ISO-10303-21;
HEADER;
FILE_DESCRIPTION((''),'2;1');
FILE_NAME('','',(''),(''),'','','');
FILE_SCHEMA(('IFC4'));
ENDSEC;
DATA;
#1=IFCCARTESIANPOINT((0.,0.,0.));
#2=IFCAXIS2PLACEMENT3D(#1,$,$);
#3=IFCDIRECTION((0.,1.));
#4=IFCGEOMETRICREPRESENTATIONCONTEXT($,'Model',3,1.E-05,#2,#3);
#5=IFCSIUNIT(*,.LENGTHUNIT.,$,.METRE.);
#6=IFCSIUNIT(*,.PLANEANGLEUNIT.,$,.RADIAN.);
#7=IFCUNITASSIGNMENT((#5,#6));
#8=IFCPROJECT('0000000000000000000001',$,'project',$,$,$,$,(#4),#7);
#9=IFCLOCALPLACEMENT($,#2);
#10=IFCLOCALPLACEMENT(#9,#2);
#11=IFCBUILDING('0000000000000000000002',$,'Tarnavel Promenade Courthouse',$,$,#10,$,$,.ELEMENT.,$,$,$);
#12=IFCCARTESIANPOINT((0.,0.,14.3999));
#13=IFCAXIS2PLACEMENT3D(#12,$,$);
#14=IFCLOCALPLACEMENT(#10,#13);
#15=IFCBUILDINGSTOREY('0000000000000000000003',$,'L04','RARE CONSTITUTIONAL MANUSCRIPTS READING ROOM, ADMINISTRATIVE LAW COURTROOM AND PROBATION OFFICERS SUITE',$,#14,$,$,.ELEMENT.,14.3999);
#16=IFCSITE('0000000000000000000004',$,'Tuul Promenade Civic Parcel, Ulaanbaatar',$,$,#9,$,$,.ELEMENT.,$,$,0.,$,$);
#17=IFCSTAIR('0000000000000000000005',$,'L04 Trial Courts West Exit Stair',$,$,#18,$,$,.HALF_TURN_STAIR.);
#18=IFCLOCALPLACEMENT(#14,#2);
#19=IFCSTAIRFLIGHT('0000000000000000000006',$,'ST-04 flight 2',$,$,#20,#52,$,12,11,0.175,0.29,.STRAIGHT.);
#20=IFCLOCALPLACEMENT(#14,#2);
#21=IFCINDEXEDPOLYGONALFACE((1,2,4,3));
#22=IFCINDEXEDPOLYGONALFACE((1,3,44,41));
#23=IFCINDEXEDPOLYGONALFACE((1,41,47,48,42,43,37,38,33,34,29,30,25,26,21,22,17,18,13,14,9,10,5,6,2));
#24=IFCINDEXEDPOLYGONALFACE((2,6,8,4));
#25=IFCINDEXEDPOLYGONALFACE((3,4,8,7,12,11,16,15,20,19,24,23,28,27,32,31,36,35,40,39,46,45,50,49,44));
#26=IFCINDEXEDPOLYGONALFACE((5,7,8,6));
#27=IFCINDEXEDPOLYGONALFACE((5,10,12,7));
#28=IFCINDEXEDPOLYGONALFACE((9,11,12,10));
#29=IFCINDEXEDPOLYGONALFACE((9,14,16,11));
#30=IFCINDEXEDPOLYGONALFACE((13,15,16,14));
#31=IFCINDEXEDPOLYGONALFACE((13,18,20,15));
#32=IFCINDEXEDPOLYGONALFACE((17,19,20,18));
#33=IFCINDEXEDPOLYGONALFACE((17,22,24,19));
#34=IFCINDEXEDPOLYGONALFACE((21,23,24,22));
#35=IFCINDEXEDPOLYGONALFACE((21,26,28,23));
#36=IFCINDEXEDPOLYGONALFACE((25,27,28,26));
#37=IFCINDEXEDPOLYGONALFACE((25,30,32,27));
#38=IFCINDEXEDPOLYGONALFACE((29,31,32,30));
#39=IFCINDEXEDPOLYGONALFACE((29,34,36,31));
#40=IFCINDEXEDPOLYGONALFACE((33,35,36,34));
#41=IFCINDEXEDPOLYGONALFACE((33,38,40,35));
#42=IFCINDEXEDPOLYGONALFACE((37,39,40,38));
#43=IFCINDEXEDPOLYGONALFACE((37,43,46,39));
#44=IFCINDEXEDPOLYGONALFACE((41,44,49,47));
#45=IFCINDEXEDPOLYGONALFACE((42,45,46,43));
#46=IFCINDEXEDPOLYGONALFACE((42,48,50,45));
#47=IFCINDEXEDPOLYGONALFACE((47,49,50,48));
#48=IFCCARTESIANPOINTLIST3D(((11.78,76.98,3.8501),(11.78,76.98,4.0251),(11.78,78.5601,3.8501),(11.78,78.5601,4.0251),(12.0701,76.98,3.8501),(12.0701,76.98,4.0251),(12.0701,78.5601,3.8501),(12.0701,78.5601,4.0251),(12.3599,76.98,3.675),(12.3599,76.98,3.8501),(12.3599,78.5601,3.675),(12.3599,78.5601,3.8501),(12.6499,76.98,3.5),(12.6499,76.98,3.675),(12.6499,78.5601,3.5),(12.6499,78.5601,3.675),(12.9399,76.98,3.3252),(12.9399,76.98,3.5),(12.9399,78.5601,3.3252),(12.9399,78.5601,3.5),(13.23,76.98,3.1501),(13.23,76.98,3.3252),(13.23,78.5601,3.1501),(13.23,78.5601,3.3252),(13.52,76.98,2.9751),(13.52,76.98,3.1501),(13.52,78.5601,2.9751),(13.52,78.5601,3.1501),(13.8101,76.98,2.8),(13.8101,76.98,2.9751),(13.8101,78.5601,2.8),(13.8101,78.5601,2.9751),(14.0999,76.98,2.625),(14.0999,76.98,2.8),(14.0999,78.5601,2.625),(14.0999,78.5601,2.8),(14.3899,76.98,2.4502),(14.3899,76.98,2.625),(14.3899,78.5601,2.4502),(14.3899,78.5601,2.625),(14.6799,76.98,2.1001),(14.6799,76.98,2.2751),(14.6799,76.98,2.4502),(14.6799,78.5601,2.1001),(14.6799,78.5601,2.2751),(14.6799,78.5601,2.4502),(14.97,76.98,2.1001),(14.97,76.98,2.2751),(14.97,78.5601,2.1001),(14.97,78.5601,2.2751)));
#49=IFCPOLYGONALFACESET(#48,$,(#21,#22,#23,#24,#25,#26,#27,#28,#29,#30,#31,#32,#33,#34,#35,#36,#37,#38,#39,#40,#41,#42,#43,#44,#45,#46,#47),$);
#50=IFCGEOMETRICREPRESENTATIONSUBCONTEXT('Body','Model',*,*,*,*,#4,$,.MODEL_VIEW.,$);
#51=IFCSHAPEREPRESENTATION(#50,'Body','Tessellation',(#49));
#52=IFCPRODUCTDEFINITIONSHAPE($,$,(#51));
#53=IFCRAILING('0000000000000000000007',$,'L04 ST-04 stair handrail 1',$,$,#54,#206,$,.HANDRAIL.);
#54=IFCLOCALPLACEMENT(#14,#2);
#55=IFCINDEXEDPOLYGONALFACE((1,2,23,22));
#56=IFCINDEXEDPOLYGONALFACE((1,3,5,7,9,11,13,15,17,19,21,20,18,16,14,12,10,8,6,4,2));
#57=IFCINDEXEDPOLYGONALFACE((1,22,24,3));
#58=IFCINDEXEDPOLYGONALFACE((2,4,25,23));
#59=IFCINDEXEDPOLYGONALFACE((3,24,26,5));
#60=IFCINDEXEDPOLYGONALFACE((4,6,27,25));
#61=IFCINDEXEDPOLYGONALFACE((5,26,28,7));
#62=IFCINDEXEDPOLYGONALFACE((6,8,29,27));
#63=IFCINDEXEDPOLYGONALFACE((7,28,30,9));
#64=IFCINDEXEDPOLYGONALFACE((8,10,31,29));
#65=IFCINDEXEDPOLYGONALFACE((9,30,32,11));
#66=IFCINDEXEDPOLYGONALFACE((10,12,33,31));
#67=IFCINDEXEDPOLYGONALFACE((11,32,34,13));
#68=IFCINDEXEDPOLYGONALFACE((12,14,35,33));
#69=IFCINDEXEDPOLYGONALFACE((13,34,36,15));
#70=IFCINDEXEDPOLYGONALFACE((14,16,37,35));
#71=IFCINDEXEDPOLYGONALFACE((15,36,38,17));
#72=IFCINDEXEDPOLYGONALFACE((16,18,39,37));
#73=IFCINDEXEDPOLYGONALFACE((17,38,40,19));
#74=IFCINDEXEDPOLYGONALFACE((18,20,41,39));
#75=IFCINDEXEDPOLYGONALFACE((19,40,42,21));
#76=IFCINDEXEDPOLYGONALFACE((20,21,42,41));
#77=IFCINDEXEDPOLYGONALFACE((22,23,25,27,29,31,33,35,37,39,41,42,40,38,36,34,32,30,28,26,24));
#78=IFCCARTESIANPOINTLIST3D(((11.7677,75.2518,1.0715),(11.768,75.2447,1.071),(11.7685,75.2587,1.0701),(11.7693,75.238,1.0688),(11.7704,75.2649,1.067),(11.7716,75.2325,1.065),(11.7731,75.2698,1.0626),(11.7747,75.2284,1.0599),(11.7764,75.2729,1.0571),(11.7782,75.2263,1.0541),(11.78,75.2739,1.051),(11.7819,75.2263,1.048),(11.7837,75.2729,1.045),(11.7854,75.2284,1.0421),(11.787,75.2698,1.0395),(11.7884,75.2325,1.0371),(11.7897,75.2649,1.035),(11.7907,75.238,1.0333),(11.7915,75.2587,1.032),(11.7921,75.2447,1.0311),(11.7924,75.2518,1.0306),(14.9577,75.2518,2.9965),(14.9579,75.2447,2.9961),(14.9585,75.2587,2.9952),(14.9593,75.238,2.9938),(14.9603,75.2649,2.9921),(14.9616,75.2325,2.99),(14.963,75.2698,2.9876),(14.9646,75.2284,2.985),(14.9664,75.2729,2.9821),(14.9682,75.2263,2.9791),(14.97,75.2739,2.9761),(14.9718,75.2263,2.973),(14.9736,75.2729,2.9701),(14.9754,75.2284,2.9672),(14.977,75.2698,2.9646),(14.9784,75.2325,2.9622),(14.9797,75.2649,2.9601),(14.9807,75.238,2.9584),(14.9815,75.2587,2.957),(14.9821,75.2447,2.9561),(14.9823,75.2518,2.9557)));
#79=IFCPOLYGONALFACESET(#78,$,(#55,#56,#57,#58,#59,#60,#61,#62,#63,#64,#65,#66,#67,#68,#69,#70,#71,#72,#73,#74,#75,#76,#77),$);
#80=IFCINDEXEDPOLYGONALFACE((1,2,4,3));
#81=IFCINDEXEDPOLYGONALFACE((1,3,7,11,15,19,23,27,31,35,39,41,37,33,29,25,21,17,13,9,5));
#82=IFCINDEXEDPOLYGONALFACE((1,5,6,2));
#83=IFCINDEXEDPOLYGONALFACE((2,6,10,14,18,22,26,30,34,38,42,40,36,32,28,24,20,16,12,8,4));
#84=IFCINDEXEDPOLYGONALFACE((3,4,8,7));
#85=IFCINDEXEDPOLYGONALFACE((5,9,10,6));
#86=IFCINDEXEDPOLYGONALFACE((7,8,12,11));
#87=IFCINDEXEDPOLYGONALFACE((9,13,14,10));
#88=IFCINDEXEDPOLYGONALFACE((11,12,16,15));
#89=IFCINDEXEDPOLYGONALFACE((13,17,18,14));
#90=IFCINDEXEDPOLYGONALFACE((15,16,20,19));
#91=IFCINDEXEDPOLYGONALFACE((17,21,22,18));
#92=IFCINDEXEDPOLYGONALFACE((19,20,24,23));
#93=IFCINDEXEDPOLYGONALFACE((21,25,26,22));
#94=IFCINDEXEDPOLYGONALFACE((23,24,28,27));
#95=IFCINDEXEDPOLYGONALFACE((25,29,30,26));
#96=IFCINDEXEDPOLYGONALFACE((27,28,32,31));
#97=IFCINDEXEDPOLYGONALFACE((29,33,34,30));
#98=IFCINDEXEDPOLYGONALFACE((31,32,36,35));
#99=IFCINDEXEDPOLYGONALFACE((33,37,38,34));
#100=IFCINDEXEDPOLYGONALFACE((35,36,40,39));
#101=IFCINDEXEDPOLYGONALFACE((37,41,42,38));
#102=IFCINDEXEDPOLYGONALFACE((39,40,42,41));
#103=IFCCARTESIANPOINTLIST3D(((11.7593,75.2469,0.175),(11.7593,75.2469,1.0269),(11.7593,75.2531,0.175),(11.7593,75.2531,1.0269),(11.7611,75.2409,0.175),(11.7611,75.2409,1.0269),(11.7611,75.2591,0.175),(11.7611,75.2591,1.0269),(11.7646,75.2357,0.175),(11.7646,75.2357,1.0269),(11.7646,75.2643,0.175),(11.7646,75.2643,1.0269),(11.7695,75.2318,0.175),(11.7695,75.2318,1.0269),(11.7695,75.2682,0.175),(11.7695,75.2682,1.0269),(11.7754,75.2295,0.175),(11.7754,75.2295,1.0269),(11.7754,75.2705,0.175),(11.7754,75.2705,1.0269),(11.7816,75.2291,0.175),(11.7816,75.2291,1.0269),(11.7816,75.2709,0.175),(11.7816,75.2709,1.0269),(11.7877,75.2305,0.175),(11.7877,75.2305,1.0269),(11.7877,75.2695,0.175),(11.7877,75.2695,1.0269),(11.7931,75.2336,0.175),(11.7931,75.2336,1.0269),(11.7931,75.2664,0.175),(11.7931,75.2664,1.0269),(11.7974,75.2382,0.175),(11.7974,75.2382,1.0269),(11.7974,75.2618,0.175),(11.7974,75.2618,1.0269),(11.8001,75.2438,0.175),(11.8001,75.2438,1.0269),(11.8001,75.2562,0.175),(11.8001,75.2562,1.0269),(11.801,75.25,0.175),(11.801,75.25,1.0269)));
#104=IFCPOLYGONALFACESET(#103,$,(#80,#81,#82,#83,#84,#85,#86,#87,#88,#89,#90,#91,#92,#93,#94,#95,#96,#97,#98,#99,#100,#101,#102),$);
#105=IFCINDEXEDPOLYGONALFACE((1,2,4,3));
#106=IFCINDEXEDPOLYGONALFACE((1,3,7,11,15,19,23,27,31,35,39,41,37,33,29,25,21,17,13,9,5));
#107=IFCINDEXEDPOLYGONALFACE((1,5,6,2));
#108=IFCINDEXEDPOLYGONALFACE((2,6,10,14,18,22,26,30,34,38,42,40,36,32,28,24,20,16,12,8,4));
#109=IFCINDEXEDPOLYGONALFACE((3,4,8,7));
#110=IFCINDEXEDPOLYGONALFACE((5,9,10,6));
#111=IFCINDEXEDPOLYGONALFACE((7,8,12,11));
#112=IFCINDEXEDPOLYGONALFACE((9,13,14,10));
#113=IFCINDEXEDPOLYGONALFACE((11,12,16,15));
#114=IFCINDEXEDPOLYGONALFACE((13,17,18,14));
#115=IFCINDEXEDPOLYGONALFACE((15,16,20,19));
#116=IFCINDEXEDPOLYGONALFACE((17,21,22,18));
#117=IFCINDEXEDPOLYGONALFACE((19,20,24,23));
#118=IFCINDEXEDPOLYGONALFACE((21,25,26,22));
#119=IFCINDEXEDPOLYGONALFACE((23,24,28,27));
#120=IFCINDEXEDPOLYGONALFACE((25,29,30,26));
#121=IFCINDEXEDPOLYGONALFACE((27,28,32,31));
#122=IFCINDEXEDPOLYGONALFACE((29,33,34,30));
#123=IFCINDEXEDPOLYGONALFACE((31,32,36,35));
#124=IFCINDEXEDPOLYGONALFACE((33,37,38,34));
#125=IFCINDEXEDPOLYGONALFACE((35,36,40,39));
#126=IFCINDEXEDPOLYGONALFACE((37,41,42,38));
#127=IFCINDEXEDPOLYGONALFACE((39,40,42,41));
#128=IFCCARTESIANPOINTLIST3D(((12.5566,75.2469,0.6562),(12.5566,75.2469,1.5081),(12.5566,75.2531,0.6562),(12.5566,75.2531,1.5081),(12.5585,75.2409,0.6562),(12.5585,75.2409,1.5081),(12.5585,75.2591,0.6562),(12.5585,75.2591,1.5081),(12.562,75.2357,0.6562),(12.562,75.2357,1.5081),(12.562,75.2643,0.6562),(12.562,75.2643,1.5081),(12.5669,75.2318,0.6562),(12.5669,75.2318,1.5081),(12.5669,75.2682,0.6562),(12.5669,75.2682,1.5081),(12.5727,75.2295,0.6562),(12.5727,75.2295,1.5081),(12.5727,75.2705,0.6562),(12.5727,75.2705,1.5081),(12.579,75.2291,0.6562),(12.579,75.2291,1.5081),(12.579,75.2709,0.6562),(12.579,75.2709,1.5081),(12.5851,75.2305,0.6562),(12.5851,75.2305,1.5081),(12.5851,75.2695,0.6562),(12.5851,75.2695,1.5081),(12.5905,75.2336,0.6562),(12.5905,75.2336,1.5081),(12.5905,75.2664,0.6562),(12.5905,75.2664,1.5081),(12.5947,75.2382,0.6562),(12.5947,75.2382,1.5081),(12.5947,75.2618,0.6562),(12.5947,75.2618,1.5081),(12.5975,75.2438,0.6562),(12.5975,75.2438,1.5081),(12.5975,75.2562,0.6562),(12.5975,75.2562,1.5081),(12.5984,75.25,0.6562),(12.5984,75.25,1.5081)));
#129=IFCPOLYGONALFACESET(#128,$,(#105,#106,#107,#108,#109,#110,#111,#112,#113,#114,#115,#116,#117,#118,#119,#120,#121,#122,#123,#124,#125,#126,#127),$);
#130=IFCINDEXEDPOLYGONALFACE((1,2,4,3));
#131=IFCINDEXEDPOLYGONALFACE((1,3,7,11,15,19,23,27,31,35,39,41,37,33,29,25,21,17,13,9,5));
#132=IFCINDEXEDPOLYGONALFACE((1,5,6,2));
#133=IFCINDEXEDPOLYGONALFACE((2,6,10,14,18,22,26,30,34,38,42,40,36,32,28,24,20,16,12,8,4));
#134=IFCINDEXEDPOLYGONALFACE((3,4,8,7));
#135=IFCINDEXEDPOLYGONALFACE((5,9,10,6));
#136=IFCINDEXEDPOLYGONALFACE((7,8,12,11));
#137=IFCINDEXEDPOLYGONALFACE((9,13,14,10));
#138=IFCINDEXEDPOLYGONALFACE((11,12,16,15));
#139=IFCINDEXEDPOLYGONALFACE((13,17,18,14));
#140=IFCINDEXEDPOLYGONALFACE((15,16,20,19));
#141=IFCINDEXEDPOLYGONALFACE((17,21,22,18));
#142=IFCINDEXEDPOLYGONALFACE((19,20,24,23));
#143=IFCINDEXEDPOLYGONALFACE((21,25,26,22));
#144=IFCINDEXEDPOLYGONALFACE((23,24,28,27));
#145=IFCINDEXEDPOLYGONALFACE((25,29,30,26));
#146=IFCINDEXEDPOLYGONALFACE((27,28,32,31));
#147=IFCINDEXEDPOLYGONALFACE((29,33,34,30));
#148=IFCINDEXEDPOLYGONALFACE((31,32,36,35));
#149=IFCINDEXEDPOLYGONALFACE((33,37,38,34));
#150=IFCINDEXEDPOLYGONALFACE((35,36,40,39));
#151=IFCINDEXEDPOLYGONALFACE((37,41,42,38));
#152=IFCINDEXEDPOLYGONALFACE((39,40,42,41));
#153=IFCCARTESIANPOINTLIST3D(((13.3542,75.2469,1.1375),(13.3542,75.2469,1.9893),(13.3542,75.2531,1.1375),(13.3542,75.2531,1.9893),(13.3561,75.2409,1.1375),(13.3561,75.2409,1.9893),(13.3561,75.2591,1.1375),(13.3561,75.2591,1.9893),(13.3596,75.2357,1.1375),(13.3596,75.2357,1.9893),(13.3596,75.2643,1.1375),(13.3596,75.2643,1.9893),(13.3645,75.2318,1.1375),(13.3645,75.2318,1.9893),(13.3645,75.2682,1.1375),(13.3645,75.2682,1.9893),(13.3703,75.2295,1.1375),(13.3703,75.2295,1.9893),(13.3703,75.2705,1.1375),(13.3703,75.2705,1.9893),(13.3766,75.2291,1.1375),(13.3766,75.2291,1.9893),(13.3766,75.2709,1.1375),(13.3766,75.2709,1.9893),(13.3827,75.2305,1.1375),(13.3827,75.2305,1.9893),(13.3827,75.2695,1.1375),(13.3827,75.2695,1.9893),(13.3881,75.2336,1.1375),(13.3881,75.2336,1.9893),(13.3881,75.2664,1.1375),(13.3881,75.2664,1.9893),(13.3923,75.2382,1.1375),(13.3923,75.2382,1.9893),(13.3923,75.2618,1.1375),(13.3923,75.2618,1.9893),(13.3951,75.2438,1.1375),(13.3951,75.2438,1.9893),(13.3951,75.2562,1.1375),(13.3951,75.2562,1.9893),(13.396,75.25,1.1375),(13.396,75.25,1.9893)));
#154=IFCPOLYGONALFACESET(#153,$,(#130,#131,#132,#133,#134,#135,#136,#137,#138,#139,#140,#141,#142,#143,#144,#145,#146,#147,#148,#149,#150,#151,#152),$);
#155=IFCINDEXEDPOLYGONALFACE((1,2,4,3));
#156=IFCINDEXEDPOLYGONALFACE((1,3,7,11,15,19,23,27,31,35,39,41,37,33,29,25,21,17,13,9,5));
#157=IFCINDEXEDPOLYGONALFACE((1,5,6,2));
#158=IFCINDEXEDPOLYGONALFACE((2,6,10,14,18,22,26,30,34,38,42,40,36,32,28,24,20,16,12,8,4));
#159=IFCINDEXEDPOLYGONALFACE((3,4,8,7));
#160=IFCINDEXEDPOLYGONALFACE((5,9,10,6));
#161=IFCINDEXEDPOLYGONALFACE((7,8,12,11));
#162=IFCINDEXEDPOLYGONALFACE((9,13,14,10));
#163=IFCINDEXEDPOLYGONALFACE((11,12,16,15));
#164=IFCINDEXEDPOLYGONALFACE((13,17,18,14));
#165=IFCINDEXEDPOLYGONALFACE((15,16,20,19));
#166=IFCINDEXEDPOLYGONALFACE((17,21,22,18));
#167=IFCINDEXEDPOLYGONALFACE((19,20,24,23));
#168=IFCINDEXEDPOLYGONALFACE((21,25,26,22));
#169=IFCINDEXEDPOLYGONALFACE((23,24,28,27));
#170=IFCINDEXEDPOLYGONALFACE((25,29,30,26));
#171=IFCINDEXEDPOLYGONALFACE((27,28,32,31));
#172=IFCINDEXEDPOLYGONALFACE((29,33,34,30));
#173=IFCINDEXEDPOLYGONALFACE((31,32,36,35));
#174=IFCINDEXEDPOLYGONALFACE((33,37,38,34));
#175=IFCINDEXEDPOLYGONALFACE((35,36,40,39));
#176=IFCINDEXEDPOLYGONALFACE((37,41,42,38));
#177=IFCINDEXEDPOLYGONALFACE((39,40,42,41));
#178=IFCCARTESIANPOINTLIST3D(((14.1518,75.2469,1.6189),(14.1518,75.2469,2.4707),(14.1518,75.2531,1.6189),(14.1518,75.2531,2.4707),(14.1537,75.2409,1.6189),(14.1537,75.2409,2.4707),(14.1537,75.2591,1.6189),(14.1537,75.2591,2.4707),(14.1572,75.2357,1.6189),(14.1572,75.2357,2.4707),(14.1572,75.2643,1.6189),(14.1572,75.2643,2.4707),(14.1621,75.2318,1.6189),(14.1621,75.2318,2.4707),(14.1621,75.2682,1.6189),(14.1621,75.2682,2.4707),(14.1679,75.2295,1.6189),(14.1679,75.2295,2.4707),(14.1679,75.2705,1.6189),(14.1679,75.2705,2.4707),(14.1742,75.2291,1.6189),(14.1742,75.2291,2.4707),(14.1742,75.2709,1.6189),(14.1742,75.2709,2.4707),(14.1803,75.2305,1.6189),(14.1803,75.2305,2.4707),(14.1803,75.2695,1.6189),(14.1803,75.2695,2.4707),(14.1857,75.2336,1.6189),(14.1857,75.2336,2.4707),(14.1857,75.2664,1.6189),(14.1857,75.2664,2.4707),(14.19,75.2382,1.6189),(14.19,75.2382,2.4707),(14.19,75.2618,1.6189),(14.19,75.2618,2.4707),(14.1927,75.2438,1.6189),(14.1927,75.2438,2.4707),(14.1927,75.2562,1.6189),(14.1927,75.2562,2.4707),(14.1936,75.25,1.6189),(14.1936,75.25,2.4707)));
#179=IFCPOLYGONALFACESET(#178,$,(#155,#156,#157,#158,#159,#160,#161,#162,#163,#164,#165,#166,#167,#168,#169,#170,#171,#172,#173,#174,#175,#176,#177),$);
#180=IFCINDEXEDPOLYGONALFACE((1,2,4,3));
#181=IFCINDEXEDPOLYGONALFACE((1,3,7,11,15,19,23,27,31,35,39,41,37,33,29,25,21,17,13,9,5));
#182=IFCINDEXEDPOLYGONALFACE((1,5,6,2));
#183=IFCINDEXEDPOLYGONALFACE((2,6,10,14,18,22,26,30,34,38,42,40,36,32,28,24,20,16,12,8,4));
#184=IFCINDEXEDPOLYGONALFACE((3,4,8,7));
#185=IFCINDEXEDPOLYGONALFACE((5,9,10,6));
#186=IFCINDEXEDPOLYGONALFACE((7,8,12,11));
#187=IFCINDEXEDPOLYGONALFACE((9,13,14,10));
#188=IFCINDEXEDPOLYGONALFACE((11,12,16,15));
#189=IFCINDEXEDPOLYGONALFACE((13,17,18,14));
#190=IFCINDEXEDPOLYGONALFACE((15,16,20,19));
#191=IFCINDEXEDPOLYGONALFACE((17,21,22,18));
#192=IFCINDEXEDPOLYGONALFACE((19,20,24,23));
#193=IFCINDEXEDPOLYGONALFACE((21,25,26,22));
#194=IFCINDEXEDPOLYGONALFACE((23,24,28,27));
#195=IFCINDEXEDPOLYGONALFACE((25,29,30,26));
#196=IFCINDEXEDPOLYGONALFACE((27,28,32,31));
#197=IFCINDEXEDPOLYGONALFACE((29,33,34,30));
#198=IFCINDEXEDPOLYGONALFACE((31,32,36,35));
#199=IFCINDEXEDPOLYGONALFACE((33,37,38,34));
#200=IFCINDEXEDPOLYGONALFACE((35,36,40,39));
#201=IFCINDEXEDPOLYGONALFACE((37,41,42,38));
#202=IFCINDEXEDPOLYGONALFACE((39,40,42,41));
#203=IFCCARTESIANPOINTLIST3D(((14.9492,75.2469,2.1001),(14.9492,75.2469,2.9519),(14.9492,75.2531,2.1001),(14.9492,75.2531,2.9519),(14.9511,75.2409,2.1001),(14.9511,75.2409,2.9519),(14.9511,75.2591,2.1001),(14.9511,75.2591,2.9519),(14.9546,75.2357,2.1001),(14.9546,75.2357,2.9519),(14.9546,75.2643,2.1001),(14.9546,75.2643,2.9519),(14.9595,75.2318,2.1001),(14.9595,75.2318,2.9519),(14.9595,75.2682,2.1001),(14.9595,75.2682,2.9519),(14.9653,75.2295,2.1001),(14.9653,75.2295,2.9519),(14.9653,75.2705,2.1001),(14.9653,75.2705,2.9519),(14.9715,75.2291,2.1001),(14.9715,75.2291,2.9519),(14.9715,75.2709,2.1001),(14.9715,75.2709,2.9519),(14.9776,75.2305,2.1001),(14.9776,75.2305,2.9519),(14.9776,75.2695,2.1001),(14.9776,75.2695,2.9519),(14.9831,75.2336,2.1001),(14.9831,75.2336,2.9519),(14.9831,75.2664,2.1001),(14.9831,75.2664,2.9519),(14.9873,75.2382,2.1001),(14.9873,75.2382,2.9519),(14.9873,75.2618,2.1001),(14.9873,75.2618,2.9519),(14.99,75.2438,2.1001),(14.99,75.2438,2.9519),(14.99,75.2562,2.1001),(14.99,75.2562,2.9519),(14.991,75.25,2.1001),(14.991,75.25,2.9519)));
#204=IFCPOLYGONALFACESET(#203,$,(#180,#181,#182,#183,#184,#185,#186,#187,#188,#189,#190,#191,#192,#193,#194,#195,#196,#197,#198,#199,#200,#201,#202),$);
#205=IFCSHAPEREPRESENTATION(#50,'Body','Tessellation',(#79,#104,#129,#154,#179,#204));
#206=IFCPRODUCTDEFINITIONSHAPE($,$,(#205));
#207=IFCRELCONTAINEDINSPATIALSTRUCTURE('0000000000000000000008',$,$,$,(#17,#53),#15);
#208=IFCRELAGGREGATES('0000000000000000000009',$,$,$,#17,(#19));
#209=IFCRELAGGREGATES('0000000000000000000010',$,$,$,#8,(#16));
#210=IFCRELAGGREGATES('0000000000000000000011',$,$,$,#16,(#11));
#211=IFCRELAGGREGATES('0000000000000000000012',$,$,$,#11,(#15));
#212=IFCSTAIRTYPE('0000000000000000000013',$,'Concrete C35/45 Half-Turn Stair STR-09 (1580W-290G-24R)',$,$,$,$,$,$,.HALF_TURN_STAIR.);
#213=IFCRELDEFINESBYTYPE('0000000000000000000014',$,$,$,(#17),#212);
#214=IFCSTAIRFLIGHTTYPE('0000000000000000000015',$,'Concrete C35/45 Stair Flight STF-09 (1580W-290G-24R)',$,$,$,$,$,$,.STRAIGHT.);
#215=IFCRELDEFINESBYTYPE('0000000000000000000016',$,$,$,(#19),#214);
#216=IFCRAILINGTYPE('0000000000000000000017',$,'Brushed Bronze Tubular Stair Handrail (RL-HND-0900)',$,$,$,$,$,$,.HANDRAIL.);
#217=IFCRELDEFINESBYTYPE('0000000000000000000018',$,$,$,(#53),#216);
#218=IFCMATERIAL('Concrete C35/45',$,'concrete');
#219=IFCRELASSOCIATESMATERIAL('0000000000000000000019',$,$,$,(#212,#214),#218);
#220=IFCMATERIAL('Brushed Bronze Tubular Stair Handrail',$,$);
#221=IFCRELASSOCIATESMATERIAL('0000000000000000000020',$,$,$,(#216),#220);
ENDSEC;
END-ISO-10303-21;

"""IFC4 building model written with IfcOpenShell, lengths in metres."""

from ifc_helpers import new_model, si_unit, direction, frame, origin, origin_2d, place, context, subcontext, project, spatial, polyline, circle, outline, extrude, material, type_object, element, aggregate, save


model = new_model("IFC4")

# Units and contexts
model_context = context("Model", 3, precision=1e-05, world=origin(), true_north=direction((0.0, 1.0)))
body_context = subcontext(model_context, "Body", "Model", "MODEL_VIEW")
ifc_project = project(units=[si_unit("LENGTHUNIT", "METRE"), si_unit("PLANEANGLEUNIT", "RADIAN")], contexts=[model_context])

# Site, building, storey
site_placement = place(None, origin())
site = spatial("IfcSite", under=ifc_project, at=site_placement, Name="Tuul Promenade Civic Parcel, Ulaanbaatar", CompositionType="ELEMENT", RefElevation=0.0)
building_placement = place(site_placement, origin())
building = spatial("IfcBuilding", under=site, at=building_placement, Name="Tarnavel Promenade Courthouse", CompositionType="ELEMENT")
storey_placement = place(building_placement, frame((0.0, 0.0, 14.3999)))
storey = spatial("IfcBuildingStorey", under=building, at=storey_placement, Name="L04", Description="RARE CONSTITUTIONAL MANUSCRIPTS READING ROOM, ADMINISTRATIVE LAW COURTROOM AND PROBATION OFFICERS SUITE", CompositionType="ELEMENT", Elevation=14.3999)

# Stair, stair flight
ifc_material_1 = material(Name="Concrete C35/45", Category="concrete")
stair_type = type_object("IfcStairType", Name="Concrete C35/45 Half-Turn Stair STR-09 (1580W-290G-24R)", PredefinedType="HALF_TURN_STAIR", material=ifc_material_1)
stair_placement = place(storey_placement, origin())
stair = element("IfcStair", 1, at=stair_placement, inside=storey, type_object=stair_type, Name="L04 Trial Courts West Exit Stair", PredefinedType="HALF_TURN_STAIR")
stair_flight_type = type_object("IfcStairFlightType", Name="Concrete C35/45 Stair Flight STF-09 (1580W-290G-24R)", PredefinedType="STRAIGHT", material=ifc_material_1)
stair_flight_1_placement = place(storey_placement, frame((14.97, 77.77, 2.1001), z_axis=(0.0, 0.0, 1.0), x_axis=(-1.0, 0.0, 0.0)))
stair_flight_1 = element("IfcStairFlight", 2, at=stair_flight_1_placement, type_object=stair_flight_type, Name="ST-04 flight 2", NumberOfRisers=12, NumberOfTreads=11, PredefinedType="STRAIGHT", RiserHeight=0.175, TreadLength=0.29, context=body_context, shape_type="SweptSolid", body=[
    extrude(outline(polyline([(0.0, 0.0), (0.0, 0.175), (0.29, 0.175), (0.29, 0.3501), (0.5801, 0.3501), (0.5801, 0.5249), (0.8701, 0.5249), (0.8701, 0.7), (1.1599, 0.7), (1.1599, 0.875), (1.45, 0.875), (1.45, 1.05), (1.74, 1.05), (1.74, 1.2251), (2.03, 1.2251), (2.03, 1.3999), (2.3201, 1.3999), (2.3201, 1.575), (2.6101, 1.575), (2.6101, 1.75), (2.8999, 1.75), (2.8999, 1.925), (3.1899, 1.925), (3.1899, 2.1001), (3.1899, 1.75), (0.29, 0.0), (0.0, 0.0)])), frame((0.0, 0.79, 0.0), z_axis=(0.0, -1.0, 0.0), x_axis=(1.0, 0.0, 0.0)), (0.0, 0.0, 1.0), 1.5801),
])
aggregate(stair, [stair_flight_1])

# Railing
ifc_material_2 = material(Name="Brushed Bronze Tubular Stair Handrail")
railing_type_1 = type_object("IfcRailingType", Name="Brushed Bronze Tubular Stair Handrail (RL-HND-0900)", PredefinedType="HANDRAIL", material=ifc_material_2)
railing_1_placement = place(storey_placement, frame((11.78, 75.25, 0.175)))
element("IfcRailing", 3, at=railing_1_placement, inside=storey, type_object=railing_type_1, Name="L04 ST-04 stair handrail 1", PredefinedType="HANDRAIL", context=body_context, shape_type="SweptSolid", body=[
    extrude(circle(Radius=0.0239, at=origin_2d()), frame((0.0, 0.0, 0.876), z_axis=(0.856178, 0.0, 0.516682), x_axis=(0.0, 1.0, 0.0)), (0.0, 0.0, 1.0), 3.7258),
    extrude(circle(Radius=0.021, at=origin_2d()), origin(), (0.0, 0.0, 1.0), 0.8518),
    extrude(circle(Radius=0.021, at=origin_2d()), frame((0.7974, 0.0, 0.4812)), (0.0, 0.0, 1.0), 0.8518),
    extrude(circle(Radius=0.021, at=origin_2d()), frame((1.595, 0.0, 0.9624)), (0.0, 0.0, 1.0), 0.8518),
    extrude(circle(Radius=0.021, at=origin_2d()), frame((2.3926, 0.0, 1.4438)), (0.0, 0.0, 1.0), 0.8518),
    extrude(circle(Radius=0.021, at=origin_2d()), frame((3.1899, 0.0, 1.925)), (0.0, 0.0, 1.0), 0.8518),
])

save(model, "model.ifc")
